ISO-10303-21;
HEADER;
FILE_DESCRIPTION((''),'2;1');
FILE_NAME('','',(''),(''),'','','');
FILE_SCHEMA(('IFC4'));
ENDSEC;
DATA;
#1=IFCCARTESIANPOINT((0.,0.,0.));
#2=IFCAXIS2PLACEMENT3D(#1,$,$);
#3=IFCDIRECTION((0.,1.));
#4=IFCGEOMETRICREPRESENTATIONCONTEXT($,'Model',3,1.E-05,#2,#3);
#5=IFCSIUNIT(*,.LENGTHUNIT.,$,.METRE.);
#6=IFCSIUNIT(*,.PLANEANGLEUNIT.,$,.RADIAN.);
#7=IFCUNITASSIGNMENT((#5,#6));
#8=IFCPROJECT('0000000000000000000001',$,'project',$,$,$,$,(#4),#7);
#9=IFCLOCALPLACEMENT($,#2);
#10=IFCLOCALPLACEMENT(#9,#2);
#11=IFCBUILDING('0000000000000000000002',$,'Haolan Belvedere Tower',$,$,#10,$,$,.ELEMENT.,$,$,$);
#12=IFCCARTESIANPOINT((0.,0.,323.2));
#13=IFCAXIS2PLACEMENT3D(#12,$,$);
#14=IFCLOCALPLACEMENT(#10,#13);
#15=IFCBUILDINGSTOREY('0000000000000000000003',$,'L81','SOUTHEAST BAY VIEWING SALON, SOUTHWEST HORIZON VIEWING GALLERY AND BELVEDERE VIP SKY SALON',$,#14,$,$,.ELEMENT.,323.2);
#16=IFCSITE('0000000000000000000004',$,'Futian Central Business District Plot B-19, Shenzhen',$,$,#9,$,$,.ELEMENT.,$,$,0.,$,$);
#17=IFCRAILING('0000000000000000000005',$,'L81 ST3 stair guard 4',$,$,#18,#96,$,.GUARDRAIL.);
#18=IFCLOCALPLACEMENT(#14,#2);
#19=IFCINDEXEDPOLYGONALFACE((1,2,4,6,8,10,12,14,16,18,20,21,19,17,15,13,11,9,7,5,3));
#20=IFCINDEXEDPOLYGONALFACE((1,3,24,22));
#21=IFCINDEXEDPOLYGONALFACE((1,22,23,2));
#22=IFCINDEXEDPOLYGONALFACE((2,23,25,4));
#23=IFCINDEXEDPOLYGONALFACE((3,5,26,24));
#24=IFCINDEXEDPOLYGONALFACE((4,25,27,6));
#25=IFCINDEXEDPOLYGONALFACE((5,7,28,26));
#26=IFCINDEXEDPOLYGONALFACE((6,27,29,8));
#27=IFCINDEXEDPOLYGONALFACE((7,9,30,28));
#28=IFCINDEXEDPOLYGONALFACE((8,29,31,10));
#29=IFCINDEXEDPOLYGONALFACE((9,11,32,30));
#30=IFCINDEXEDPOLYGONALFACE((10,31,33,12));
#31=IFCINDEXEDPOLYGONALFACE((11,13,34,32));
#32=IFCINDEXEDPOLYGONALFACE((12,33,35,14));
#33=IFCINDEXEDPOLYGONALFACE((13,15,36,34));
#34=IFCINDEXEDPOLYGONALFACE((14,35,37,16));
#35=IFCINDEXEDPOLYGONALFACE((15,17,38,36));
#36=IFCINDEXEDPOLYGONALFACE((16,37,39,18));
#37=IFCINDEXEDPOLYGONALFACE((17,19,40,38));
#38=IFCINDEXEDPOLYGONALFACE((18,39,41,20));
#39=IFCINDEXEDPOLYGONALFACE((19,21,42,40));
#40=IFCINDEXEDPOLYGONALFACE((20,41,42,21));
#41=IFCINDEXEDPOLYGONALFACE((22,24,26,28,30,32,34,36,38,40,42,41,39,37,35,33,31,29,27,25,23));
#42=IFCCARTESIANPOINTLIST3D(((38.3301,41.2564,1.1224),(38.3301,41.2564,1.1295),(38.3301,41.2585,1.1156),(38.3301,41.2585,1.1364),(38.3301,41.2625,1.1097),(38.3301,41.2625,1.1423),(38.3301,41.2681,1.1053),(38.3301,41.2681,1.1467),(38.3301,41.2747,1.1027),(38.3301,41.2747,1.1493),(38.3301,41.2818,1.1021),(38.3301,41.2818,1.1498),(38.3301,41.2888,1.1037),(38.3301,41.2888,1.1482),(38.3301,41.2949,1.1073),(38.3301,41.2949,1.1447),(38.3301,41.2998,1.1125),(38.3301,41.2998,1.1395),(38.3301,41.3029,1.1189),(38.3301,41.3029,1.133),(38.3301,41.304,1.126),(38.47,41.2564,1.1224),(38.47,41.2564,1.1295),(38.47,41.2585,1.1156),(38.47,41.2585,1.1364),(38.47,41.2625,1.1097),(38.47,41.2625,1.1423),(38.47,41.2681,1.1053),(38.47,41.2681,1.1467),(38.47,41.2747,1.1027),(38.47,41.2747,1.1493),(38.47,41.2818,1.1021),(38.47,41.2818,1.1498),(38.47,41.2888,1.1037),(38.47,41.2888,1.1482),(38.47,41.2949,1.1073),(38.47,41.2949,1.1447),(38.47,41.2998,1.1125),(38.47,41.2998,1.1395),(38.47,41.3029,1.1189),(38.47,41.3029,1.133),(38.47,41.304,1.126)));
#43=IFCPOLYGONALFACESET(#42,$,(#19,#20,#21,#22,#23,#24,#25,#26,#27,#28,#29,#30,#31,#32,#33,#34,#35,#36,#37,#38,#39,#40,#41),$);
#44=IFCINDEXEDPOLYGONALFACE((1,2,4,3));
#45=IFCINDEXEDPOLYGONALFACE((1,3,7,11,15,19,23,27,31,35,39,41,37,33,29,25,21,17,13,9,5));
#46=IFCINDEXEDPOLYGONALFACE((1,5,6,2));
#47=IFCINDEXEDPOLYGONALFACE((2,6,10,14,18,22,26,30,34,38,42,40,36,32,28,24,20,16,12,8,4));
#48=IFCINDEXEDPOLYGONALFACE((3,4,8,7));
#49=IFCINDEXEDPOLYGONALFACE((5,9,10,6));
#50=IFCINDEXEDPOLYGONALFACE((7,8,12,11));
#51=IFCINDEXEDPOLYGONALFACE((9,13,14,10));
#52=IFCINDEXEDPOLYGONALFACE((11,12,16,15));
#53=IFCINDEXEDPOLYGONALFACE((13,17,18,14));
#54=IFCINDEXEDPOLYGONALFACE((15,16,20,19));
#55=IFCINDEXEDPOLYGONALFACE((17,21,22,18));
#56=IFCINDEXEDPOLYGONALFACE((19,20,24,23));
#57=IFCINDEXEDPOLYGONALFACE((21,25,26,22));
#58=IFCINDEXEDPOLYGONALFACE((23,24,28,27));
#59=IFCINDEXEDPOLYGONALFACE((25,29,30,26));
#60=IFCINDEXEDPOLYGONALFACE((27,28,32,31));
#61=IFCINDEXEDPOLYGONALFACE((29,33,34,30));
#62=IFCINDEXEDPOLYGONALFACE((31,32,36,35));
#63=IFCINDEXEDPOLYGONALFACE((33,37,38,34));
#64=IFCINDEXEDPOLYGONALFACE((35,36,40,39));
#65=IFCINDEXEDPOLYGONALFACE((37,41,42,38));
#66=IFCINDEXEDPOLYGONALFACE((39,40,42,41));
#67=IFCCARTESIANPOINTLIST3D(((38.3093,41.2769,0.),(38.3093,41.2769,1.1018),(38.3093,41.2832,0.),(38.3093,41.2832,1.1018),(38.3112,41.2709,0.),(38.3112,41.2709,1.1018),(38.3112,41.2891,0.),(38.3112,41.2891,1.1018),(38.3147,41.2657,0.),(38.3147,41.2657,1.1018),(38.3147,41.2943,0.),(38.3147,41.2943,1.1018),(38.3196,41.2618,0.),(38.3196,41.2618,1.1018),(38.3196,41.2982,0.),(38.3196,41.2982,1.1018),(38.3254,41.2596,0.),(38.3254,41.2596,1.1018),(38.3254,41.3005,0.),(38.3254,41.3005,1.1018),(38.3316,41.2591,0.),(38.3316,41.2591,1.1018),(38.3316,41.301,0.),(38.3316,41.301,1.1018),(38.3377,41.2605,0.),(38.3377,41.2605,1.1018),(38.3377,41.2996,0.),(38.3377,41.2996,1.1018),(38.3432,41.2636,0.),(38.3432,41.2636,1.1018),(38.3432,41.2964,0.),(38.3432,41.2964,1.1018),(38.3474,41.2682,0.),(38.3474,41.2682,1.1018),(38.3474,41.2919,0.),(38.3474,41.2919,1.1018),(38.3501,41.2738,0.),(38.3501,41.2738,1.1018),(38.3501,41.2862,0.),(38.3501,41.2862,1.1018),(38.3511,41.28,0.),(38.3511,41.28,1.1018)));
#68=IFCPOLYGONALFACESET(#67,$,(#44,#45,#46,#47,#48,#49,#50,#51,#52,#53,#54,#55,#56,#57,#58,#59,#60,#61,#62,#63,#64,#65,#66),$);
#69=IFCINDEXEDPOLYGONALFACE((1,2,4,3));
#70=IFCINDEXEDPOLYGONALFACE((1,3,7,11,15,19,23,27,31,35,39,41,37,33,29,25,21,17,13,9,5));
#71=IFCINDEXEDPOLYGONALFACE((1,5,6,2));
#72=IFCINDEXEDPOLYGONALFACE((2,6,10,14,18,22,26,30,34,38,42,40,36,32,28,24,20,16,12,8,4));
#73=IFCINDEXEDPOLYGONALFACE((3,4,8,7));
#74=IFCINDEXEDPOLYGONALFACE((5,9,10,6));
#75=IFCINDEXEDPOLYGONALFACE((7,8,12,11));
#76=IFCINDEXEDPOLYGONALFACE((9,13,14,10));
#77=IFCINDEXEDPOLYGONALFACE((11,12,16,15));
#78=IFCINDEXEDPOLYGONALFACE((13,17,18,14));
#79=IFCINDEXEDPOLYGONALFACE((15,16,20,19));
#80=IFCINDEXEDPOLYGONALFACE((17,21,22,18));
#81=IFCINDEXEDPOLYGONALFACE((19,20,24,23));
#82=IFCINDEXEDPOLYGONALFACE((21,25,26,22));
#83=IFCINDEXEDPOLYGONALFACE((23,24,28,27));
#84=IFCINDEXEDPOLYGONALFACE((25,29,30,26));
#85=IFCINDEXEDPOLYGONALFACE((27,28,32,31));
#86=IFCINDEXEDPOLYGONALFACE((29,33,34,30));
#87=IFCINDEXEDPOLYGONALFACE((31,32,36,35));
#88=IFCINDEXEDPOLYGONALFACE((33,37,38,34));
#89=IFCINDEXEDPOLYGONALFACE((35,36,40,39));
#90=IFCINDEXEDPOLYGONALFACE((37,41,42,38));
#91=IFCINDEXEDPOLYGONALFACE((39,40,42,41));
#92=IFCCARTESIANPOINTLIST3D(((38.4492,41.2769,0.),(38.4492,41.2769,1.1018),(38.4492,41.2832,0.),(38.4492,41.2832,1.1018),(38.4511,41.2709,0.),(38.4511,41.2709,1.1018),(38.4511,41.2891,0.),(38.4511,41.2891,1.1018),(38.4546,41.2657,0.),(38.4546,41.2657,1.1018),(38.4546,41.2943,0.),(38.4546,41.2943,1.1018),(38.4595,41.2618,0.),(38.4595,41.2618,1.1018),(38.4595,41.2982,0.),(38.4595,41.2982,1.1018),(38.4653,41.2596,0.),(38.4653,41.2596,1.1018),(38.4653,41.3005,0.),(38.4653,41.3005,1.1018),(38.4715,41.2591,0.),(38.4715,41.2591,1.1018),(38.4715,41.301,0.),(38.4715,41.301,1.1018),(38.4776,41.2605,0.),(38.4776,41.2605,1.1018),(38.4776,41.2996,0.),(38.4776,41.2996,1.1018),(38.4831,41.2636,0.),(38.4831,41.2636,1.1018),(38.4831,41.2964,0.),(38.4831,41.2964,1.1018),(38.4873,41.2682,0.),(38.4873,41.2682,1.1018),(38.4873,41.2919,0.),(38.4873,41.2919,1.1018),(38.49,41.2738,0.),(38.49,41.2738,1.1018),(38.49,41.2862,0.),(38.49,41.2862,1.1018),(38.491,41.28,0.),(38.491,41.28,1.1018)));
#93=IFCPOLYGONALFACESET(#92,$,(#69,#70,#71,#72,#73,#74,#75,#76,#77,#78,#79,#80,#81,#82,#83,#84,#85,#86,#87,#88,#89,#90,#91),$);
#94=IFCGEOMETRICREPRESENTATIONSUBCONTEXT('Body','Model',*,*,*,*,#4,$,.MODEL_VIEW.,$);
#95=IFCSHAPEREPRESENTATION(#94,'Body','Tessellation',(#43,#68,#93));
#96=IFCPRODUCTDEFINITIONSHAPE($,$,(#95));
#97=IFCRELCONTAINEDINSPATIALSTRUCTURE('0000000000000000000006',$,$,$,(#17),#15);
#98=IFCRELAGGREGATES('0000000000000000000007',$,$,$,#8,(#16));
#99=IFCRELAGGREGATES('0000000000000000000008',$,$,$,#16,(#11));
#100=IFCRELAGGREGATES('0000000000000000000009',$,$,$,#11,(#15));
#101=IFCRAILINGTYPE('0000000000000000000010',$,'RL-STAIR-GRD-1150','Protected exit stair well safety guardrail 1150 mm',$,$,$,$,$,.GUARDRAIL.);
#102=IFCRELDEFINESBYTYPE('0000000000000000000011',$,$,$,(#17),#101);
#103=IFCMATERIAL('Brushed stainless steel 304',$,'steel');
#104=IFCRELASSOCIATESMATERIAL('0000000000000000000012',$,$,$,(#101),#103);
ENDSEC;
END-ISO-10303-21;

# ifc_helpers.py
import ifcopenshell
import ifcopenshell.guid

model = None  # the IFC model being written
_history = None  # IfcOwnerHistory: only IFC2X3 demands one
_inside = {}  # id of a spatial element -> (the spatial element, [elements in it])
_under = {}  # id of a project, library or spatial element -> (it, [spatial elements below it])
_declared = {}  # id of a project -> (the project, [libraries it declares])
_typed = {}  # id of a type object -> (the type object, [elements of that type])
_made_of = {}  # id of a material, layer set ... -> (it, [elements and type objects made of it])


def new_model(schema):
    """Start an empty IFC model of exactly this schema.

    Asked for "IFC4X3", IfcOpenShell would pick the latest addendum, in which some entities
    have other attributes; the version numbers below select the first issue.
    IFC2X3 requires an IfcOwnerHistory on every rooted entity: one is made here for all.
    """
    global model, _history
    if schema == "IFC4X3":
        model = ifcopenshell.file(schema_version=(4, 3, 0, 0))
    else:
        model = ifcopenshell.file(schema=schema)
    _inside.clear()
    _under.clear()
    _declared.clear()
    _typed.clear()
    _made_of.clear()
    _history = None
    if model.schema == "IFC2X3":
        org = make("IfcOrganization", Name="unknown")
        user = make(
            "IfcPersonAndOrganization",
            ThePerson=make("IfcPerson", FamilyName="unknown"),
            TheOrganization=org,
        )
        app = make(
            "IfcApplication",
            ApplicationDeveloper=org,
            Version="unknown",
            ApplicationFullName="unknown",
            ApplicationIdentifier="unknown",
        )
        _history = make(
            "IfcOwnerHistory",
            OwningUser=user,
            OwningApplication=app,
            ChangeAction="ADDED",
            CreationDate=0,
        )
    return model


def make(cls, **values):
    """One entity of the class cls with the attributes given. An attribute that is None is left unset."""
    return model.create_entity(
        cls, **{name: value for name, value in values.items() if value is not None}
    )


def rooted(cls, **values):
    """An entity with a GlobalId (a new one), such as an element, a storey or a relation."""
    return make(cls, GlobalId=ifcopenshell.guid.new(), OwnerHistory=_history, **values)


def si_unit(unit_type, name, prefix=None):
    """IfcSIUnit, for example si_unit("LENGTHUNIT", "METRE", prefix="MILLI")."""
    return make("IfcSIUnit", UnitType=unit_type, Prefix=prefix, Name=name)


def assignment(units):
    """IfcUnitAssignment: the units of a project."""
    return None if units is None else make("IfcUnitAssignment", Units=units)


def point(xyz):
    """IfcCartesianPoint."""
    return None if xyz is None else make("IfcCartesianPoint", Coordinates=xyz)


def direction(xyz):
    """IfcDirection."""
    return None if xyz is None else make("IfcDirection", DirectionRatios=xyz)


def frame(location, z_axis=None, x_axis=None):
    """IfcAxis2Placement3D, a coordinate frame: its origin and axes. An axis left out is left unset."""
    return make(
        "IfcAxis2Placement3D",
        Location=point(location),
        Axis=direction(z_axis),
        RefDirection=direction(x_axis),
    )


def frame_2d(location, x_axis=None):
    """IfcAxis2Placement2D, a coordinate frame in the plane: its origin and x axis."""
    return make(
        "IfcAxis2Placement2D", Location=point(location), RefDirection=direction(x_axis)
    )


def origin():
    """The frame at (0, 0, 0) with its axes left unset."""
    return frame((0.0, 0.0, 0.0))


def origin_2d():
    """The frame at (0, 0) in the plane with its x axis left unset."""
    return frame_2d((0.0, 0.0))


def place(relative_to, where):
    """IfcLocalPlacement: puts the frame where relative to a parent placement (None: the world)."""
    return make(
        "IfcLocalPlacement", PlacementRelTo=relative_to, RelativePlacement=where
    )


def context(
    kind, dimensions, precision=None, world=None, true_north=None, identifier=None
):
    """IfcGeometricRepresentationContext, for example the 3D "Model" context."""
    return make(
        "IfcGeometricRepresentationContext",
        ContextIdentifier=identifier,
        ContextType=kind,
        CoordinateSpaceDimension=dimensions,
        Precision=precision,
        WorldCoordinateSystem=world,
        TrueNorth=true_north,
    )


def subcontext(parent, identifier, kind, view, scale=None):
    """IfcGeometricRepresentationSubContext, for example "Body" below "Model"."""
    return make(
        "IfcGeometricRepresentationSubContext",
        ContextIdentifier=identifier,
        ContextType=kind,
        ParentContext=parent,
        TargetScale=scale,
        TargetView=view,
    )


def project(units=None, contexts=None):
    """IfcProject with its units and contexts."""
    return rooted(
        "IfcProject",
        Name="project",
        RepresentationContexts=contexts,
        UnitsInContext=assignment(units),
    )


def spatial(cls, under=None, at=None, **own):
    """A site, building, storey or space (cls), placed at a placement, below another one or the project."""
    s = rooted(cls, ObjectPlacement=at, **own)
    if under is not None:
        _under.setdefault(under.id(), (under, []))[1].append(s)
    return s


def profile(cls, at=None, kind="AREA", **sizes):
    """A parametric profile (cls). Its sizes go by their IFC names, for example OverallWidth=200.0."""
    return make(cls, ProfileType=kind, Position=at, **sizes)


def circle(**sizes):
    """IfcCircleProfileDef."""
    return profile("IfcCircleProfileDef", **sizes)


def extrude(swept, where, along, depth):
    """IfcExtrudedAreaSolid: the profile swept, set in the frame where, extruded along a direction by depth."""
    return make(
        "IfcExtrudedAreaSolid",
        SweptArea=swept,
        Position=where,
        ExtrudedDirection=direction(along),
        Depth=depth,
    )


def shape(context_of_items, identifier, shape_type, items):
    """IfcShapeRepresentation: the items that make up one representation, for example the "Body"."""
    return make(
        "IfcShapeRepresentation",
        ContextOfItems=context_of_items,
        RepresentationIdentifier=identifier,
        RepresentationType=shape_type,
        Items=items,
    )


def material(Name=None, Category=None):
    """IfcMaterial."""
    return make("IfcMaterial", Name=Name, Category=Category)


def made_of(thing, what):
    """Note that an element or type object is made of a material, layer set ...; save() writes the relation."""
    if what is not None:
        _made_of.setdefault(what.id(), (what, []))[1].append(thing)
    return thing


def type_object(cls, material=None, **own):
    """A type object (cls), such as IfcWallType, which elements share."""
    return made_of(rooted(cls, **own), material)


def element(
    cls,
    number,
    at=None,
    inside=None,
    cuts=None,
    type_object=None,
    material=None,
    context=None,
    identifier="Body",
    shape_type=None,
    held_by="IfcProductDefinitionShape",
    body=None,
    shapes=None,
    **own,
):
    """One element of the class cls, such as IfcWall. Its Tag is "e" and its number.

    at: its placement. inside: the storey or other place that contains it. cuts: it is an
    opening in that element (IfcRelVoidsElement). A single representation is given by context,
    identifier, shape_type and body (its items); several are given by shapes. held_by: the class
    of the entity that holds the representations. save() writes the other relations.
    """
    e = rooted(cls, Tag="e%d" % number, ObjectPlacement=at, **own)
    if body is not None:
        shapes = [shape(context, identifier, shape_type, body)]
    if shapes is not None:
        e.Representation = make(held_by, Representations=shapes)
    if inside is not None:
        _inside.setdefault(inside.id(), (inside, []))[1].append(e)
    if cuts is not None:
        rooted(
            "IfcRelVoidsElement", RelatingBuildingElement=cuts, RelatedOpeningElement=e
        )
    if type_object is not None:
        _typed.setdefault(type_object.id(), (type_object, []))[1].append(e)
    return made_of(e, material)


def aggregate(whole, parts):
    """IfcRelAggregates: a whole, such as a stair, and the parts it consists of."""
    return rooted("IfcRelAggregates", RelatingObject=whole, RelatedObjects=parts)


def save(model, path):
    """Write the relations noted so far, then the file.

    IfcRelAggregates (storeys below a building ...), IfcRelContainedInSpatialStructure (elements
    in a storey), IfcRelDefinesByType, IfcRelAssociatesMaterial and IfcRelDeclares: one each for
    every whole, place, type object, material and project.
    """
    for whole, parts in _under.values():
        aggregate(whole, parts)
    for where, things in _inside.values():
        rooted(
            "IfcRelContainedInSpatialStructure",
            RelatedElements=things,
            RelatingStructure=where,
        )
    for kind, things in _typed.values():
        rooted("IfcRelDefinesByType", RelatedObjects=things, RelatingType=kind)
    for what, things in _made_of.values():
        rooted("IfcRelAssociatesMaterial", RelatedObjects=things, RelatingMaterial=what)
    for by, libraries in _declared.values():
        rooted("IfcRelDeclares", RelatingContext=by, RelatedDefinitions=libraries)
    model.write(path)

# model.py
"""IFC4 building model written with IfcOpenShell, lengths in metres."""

from ifc_helpers import new_model, si_unit, direction, frame, origin, origin_2d, place, context, subcontext, project, spatial, circle, extrude, material, type_object, element, save


model = new_model("IFC4")

# Units and contexts
model_context = context("Model", 3, precision=1e-05, world=origin(), true_north=direction((0.0, 1.0)))
body_context = subcontext(model_context, "Body", "Model", "MODEL_VIEW")
ifc_project = project(units=[si_unit("LENGTHUNIT", "METRE"), si_unit("PLANEANGLEUNIT", "RADIAN")], contexts=[model_context])

# Site, building, storey
site_placement = place(None, origin())
site = spatial("IfcSite", under=ifc_project, at=site_placement, Name="Futian Central Business District Plot B-19, Shenzhen", CompositionType="ELEMENT", RefElevation=0.0)
building_placement = place(site_placement, origin())
building = spatial("IfcBuilding", under=site, at=building_placement, Name="Haolan Belvedere Tower", CompositionType="ELEMENT")
storey_placement = place(building_placement, frame((0.0, 0.0, 323.2)))
storey = spatial("IfcBuildingStorey", under=building, at=storey_placement, Name="L81", Description="SOUTHEAST BAY VIEWING SALON, SOUTHWEST HORIZON VIEWING GALLERY AND BELVEDERE VIP SKY SALON", CompositionType="ELEMENT", Elevation=323.2)

# Railing
ifc_material_1 = material(Name="Brushed stainless steel 304", Category="steel")
railing_type = type_object("IfcRailingType", Name="RL-STAIR-GRD-1150", Description="Protected exit stair well safety guardrail 1150 mm", PredefinedType="GUARDRAIL", material=ifc_material_1)
railing_placement = place(storey_placement, frame((38.3301, 41.28, 0.0)))
element("IfcRailing", 1, at=railing_placement, inside=storey, type_object=railing_type, Name="L81 ST3 stair guard 4", PredefinedType="GUARDRAIL", context=body_context, shape_type="SweptSolid", body=[
    extrude(circle(Radius=0.0239, at=origin_2d()), frame((0.0, 0.0, 1.126), z_axis=(1.0, 0.0, 0.0), x_axis=(0.0, 1.0, 0.0)), (0.0, 0.0, 1.0), 0.1399),
    extrude(circle(Radius=0.021, at=origin_2d()), origin(), (0.0, 0.0, 1.0), 1.1018),
    extrude(circle(Radius=0.021, at=origin_2d()), frame((0.1399, 0.0, 0.0)), (0.0, 0.0, 1.0), 1.1018),
])

save(model, "model.ifc")
